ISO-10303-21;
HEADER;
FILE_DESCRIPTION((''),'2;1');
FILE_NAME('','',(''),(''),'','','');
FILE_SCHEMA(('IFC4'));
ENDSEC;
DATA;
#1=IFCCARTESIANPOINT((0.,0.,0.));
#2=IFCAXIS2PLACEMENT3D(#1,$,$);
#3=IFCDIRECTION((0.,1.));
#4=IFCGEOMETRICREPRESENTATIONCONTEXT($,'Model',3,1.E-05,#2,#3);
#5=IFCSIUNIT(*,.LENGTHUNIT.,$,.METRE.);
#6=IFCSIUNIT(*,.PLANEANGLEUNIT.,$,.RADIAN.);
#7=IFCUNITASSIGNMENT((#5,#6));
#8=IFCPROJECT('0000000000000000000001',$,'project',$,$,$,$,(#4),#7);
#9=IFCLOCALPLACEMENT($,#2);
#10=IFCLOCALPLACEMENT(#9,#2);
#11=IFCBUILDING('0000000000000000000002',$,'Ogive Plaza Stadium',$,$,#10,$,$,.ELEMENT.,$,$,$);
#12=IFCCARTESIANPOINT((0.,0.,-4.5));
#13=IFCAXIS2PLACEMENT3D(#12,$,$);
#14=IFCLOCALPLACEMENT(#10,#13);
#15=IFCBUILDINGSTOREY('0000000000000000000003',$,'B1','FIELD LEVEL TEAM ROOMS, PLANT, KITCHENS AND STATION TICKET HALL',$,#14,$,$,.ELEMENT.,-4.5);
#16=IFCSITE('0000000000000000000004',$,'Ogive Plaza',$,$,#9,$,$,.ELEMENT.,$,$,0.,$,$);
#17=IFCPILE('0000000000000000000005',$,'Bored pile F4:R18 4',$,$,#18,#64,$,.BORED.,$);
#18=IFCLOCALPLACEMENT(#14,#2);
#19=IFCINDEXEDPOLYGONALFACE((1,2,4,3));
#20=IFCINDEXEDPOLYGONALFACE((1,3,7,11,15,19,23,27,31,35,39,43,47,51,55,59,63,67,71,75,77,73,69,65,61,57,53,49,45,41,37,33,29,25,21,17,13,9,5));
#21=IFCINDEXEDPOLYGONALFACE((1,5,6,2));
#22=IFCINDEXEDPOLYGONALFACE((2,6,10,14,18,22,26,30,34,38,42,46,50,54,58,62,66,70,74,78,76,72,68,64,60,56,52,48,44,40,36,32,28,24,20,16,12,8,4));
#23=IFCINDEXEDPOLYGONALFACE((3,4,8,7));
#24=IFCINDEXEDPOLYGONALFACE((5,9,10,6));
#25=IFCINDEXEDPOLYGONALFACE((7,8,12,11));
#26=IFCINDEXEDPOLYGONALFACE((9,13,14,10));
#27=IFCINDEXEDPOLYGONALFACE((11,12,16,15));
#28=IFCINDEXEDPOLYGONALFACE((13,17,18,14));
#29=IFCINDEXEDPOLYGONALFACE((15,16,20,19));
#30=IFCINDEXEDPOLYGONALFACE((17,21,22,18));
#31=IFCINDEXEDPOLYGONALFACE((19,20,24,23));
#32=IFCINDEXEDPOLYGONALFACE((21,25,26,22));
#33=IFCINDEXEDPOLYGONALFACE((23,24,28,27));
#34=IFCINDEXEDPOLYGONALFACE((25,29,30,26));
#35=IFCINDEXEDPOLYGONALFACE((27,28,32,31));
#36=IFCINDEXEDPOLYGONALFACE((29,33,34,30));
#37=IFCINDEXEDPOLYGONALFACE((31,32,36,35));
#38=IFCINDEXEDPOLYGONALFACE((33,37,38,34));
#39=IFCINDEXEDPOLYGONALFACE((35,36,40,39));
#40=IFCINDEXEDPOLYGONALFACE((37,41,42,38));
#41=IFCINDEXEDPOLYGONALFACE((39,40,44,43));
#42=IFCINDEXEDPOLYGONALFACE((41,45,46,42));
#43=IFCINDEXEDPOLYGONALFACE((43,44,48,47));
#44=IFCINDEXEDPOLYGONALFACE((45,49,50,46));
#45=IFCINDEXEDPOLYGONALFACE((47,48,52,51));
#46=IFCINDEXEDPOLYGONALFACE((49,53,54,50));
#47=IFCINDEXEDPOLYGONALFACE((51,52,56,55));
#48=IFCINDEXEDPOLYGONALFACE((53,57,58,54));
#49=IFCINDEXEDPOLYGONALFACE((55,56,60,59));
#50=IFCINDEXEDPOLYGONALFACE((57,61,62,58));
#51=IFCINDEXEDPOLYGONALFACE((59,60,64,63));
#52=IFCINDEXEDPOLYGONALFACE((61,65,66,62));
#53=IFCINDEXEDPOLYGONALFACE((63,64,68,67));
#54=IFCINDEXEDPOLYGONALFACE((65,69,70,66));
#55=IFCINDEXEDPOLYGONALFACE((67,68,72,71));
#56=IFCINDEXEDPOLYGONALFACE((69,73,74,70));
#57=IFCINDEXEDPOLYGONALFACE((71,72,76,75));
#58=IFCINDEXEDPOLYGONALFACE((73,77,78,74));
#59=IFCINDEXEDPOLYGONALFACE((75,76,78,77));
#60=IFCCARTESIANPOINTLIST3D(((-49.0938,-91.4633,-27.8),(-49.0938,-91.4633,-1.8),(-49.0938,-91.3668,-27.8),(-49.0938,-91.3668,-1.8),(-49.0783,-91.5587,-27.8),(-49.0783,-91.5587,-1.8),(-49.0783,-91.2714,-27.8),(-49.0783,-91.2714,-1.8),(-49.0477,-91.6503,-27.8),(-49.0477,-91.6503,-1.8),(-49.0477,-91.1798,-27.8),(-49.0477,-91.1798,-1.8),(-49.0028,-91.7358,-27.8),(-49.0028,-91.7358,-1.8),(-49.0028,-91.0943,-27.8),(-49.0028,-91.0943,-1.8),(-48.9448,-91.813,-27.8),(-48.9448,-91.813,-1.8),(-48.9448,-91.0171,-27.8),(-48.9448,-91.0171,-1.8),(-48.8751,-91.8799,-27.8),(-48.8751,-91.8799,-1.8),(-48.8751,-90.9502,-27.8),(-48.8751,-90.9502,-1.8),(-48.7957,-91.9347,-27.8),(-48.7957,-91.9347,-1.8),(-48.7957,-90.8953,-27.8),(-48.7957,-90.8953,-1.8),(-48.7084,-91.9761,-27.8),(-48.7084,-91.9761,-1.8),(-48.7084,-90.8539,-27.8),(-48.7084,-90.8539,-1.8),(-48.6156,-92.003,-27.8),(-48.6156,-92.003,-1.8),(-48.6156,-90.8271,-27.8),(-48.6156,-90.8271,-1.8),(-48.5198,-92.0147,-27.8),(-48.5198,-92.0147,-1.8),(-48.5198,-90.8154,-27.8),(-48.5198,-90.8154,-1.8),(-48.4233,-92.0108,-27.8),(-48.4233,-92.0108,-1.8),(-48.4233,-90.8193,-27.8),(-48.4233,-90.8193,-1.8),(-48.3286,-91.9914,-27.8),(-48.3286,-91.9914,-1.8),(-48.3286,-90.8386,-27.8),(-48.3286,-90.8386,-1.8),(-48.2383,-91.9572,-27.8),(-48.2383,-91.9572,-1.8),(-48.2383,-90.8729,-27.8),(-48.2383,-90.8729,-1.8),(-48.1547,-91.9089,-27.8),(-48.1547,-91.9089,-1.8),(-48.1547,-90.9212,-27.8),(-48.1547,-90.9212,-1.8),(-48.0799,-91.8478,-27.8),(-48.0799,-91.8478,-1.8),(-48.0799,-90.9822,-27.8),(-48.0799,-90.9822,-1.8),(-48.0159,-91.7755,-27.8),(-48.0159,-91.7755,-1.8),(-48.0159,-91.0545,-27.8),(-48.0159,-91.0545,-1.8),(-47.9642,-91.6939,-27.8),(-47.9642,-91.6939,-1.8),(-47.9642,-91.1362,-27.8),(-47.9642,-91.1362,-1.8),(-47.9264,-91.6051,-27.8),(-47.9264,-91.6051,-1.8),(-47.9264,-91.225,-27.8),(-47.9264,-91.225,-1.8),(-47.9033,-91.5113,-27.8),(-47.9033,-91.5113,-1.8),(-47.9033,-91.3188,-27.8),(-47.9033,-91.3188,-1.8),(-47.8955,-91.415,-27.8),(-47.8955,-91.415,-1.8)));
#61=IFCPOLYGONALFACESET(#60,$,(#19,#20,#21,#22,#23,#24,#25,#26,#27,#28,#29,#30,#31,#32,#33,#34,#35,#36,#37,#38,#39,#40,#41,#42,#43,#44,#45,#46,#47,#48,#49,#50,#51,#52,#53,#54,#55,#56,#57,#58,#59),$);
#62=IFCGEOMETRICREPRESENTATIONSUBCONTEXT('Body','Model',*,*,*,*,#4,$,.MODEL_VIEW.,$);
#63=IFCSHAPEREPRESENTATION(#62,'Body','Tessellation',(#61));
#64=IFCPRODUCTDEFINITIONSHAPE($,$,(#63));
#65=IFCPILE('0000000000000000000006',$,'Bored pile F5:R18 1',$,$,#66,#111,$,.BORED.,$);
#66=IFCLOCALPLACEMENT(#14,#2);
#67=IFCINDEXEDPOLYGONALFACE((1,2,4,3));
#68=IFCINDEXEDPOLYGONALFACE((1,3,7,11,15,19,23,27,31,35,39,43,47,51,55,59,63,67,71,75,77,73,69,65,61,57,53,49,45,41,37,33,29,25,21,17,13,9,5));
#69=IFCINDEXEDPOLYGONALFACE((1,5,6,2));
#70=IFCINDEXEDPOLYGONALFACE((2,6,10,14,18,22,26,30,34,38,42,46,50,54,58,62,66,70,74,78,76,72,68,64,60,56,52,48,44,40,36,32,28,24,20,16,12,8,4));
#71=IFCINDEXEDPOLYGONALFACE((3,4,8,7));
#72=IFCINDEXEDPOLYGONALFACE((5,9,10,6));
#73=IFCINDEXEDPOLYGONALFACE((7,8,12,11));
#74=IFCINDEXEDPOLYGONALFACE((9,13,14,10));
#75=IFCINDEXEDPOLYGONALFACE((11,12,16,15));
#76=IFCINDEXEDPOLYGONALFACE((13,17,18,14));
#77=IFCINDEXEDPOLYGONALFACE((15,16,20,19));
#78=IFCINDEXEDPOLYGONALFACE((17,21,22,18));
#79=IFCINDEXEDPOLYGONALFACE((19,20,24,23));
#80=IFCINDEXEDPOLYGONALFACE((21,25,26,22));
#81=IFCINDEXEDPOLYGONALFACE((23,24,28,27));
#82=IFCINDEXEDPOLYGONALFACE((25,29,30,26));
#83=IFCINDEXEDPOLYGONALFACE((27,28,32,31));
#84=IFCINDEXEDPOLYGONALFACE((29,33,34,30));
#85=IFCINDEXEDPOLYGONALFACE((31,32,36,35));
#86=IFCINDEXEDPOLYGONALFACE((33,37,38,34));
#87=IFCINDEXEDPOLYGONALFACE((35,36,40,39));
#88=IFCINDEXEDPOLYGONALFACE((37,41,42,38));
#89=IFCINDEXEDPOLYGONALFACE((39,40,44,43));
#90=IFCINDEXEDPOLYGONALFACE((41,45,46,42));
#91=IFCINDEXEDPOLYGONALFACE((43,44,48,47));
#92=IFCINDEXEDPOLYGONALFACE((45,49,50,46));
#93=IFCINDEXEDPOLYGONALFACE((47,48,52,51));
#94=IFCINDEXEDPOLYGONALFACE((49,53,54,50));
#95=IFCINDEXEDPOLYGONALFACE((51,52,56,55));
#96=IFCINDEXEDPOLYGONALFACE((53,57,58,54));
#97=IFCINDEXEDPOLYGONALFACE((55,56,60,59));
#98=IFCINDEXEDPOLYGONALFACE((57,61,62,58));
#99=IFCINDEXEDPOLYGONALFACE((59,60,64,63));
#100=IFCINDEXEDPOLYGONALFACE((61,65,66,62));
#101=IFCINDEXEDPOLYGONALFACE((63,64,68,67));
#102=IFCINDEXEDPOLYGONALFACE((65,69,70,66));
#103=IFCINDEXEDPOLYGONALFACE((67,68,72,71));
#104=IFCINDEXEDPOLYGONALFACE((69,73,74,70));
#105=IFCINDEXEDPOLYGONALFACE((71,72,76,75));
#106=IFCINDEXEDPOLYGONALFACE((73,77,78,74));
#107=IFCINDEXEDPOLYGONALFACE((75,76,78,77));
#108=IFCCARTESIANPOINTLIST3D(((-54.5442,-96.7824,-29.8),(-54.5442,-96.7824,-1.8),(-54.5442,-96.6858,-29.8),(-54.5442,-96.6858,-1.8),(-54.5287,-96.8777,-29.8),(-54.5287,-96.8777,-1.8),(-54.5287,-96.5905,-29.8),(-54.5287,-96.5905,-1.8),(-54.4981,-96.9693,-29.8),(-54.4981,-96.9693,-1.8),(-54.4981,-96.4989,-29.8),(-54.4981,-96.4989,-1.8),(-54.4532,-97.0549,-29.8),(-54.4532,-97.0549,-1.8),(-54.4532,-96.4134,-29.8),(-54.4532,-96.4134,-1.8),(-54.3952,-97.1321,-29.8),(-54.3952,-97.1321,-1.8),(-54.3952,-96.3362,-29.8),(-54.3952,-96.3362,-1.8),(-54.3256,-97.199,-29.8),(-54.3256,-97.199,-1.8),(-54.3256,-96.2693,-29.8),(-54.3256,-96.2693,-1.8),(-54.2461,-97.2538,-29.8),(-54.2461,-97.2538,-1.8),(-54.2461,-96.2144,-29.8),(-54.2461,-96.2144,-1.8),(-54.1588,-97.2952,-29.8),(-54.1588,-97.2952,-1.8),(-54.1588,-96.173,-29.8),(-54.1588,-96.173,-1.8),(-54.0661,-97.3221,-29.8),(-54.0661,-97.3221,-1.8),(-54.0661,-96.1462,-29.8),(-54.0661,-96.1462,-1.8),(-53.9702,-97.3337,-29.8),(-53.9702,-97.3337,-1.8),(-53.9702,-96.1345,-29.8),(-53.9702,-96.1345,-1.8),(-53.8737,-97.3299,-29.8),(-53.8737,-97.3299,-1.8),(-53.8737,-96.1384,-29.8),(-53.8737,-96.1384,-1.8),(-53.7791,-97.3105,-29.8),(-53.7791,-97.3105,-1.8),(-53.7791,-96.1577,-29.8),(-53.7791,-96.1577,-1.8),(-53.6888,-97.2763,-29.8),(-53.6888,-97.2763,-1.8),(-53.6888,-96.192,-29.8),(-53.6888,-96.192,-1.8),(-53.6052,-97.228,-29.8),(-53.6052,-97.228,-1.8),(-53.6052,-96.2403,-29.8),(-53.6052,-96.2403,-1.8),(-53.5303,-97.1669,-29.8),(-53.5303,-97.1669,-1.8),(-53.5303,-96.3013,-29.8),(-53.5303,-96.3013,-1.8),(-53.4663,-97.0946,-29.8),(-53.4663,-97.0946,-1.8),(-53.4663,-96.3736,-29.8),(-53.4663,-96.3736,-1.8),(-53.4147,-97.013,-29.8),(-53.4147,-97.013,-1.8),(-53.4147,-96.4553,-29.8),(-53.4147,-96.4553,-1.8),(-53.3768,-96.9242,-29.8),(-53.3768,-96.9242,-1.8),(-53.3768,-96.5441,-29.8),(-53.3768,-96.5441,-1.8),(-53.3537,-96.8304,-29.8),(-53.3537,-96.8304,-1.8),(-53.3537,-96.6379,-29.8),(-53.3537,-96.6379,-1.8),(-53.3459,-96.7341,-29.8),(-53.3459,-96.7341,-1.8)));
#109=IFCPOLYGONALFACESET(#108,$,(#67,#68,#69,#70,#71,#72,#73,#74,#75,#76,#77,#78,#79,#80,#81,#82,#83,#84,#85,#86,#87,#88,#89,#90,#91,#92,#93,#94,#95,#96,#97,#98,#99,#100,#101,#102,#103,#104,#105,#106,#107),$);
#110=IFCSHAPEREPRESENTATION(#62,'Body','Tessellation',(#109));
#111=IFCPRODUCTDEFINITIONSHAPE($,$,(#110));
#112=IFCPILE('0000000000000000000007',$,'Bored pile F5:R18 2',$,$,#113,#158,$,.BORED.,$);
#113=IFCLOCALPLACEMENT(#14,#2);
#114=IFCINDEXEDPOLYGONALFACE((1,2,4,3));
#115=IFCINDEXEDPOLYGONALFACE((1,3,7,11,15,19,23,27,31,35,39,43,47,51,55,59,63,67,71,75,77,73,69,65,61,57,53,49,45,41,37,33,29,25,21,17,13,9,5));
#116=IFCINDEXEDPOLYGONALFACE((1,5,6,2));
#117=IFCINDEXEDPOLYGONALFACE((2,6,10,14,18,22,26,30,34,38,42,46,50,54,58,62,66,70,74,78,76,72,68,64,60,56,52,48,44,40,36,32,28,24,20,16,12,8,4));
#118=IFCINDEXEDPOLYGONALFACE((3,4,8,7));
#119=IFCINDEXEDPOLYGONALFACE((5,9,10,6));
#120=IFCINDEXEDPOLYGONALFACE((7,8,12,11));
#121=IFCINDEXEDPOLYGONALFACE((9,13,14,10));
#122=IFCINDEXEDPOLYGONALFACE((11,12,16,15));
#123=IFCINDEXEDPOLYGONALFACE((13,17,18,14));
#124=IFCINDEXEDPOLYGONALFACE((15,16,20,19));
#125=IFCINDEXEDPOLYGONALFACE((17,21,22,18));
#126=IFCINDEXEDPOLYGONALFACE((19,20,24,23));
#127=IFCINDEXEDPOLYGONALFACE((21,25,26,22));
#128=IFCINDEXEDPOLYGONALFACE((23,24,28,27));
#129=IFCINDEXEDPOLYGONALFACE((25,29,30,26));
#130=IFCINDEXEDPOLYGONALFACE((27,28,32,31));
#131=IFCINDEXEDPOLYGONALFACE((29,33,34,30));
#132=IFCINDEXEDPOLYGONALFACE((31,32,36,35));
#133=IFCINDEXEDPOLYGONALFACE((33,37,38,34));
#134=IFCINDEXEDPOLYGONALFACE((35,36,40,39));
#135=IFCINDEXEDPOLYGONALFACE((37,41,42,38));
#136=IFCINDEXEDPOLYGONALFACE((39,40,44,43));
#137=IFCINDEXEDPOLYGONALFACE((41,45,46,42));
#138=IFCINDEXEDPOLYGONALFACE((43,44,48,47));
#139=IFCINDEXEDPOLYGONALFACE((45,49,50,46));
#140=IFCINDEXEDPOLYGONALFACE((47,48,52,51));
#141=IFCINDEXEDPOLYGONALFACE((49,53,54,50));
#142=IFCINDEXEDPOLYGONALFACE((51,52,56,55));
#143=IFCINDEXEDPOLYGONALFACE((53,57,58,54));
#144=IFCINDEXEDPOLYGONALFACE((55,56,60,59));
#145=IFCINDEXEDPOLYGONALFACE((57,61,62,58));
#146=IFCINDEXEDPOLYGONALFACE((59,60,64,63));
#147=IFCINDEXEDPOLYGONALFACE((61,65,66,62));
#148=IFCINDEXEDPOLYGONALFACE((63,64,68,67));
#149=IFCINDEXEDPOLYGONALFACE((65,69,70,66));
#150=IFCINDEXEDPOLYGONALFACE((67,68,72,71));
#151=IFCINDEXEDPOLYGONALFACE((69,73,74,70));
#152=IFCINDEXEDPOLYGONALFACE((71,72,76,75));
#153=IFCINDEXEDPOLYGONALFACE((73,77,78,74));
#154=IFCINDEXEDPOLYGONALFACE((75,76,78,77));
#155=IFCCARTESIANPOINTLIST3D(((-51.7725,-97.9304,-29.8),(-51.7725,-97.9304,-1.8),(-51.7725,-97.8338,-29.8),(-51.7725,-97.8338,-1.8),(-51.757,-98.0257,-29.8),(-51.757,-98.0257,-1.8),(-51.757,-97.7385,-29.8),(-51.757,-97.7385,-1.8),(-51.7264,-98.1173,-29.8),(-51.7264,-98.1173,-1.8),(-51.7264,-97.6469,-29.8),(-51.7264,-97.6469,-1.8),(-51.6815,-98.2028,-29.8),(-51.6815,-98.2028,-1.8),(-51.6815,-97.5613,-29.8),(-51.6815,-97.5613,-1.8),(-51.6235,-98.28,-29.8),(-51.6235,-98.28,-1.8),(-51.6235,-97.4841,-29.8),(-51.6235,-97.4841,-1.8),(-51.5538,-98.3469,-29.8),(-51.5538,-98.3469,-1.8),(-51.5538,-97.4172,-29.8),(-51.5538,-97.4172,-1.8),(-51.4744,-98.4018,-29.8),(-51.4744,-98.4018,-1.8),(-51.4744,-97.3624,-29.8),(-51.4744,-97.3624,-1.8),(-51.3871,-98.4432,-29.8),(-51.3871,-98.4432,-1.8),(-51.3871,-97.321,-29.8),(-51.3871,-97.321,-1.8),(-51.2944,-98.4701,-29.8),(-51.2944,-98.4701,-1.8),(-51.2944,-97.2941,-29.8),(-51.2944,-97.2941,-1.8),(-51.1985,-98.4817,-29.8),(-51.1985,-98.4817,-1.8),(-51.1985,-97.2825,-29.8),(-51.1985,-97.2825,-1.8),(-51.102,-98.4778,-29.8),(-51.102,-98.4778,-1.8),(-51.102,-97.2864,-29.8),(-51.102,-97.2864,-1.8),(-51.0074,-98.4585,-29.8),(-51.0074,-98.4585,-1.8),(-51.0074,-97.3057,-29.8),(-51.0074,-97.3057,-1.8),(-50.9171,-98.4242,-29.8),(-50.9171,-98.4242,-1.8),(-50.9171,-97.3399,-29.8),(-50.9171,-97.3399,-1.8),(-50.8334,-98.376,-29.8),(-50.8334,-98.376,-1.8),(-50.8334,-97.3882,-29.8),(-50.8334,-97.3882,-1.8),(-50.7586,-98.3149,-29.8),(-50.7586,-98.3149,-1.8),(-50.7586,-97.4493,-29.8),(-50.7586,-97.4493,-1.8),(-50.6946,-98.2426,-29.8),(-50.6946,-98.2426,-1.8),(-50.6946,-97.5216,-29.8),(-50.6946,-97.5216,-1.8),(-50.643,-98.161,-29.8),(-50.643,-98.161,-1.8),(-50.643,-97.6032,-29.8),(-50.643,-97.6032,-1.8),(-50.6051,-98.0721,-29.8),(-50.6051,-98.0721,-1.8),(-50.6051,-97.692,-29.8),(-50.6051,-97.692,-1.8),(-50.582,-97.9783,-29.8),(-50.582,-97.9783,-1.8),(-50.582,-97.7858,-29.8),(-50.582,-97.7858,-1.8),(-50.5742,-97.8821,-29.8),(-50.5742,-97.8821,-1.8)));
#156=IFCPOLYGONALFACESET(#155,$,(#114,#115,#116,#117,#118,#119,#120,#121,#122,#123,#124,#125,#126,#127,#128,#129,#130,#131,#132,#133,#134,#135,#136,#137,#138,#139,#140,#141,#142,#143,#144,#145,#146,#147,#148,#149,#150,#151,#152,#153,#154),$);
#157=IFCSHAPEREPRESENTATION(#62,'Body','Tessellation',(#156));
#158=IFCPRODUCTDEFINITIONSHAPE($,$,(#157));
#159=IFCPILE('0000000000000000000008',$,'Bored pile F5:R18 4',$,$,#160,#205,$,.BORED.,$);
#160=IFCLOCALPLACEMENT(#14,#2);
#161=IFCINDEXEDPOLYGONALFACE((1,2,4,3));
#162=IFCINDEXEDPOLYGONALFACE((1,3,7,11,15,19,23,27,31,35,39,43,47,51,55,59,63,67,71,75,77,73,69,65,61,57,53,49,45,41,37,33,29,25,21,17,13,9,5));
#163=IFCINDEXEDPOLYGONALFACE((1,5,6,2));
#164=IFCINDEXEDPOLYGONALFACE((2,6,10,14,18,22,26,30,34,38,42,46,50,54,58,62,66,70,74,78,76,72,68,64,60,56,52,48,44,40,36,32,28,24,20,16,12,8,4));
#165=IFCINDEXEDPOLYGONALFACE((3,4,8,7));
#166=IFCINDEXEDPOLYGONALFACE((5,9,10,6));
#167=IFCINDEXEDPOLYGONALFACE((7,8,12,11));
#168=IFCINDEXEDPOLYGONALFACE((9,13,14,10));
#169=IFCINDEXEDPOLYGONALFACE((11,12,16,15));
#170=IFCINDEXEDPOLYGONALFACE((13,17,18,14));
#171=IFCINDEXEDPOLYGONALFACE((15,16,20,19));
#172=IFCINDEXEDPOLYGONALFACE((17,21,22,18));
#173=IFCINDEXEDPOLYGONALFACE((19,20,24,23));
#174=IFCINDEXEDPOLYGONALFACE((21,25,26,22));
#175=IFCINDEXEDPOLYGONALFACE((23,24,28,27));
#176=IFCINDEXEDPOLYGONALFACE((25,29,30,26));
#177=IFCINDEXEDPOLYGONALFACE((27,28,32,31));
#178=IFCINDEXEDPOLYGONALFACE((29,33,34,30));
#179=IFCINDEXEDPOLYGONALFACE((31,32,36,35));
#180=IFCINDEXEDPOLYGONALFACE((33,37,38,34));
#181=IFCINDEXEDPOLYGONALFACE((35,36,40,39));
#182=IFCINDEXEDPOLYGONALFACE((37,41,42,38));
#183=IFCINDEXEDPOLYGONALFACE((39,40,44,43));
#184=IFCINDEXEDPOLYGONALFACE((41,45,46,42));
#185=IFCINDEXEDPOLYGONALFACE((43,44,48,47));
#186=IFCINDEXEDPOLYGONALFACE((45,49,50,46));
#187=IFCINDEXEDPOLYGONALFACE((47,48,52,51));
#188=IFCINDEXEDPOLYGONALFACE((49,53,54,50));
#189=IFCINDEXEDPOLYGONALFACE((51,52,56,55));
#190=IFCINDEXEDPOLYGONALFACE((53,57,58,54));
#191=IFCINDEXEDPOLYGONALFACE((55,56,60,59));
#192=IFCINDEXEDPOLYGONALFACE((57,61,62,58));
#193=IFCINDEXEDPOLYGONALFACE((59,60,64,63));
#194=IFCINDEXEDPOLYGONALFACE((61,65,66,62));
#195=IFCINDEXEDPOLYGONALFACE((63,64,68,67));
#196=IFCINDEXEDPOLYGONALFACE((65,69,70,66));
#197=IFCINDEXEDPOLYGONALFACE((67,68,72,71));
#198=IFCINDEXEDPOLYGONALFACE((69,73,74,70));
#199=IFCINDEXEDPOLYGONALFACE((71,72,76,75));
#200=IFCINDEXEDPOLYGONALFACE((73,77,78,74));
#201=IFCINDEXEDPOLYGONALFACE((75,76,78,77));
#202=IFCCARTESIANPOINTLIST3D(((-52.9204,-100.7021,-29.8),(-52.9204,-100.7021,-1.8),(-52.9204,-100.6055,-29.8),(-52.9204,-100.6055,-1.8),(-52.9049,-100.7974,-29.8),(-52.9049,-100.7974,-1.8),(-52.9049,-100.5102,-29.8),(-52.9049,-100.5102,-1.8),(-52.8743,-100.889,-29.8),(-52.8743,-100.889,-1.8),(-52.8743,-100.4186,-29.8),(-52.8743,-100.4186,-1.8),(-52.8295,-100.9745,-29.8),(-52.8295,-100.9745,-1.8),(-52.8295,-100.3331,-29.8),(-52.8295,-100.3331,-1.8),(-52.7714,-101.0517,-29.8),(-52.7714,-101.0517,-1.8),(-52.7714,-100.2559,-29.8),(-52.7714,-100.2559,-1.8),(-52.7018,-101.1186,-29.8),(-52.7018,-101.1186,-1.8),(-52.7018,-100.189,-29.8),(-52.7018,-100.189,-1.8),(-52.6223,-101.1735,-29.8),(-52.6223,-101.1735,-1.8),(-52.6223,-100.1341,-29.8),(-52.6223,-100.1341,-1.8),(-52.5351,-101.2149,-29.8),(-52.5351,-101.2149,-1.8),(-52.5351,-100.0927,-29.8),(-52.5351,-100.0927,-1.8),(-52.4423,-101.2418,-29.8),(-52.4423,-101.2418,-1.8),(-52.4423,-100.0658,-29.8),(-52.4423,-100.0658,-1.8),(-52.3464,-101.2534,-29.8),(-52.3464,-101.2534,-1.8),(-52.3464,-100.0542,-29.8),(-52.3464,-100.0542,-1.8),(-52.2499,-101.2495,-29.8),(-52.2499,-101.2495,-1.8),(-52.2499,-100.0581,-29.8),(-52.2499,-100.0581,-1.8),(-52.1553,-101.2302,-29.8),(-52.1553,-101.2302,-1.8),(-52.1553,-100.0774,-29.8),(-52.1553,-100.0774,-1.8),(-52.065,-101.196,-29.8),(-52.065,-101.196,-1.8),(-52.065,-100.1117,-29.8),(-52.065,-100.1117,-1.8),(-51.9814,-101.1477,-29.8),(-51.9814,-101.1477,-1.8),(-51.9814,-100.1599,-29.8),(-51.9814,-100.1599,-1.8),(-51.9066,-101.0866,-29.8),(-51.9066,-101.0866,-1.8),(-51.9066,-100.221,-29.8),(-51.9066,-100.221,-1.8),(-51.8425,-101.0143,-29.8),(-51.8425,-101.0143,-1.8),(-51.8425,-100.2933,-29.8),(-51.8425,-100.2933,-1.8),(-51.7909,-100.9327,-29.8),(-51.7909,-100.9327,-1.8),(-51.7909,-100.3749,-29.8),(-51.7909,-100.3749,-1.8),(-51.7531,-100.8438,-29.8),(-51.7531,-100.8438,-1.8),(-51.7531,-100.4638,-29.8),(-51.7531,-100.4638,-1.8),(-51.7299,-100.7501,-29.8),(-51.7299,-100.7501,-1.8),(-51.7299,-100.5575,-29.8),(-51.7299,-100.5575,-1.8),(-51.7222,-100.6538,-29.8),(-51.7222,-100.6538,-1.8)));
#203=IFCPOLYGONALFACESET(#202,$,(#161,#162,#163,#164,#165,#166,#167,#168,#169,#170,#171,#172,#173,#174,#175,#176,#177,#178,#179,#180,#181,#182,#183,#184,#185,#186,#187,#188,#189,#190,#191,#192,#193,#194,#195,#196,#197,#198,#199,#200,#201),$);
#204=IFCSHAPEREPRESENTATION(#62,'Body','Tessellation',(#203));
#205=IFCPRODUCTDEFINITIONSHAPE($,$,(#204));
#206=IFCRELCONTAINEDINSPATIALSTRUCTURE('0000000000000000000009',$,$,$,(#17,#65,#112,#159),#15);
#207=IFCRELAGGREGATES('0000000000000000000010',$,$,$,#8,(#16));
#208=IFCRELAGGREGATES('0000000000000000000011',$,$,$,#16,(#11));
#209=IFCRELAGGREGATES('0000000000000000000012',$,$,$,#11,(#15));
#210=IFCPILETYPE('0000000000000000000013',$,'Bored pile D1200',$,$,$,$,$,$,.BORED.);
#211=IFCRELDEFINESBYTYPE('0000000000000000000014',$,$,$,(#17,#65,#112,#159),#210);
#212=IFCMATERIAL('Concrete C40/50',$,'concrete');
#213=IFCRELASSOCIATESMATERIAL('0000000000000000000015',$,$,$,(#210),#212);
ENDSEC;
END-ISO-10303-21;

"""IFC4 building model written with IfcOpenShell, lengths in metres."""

from ifc_helpers import new_model, si_unit, direction, frame, origin, origin_2d, place, context, subcontext, project, spatial, circle, extrude, material, material_profile, profile_set, type_object, element, save


model = new_model("IFC4")

# Units and contexts
model_context = context("Model", 3, precision=1e-05, world=origin(), true_north=direction((0.0, 1.0)))
body_context = subcontext(model_context, "Body", "Model", "MODEL_VIEW")
ifc_project = project(units=[si_unit("LENGTHUNIT", "METRE"), si_unit("PLANEANGLEUNIT", "RADIAN")], contexts=[model_context])

# Site, building, storey
site_placement = place(None, origin())
site = spatial("IfcSite", under=ifc_project, at=site_placement, Name="Ogive Plaza", CompositionType="ELEMENT", RefElevation=0.0)
building_placement = place(site_placement, origin())
building = spatial("IfcBuilding", under=site, at=building_placement, Name="Ogive Plaza Stadium", CompositionType="ELEMENT")
storey_placement = place(building_placement, frame((0.0, 0.0, -4.5)))
storey = spatial("IfcBuildingStorey", under=building, at=storey_placement, Name="B1", Description="FIELD LEVEL TEAM ROOMS, PLANT, KITCHENS AND STATION TICKET HALL", CompositionType="ELEMENT", Elevation=-4.5)

# Piles
ifc_material_1 = material(Name="Concrete C40/50", Category="concrete")
ifc_material_profile_1 = material_profile(ifc_material_1, circle(Radius=0.6001, at=origin_2d()), Name="RC D1200")
ifc_profile_set_1 = profile_set([ifc_material_profile_1], Name="Concrete C40/50")
pile_type_1 = type_object("IfcPileType", Name="Bored pile D1200", PredefinedType="BORED", material=ifc_profile_set_1)
for number, where, z_axis, x_axis, name in (
    (1, (-48.4956, -91.415, -1.8), (0.0, 0.0, -1.0), (1.0, 0.0, 0.0), "Bored pile F4:R18 4"),
):
    element("IfcPile", number, at=place(storey_placement, frame(where, z_axis=z_axis, x_axis=x_axis)), inside=storey, type_object=pile_type_1, Name=name, PredefinedType="BORED", context=body_context, shape_type="SweptSolid", body=[
        extrude(circle(Radius=0.6001, at=origin_2d()), origin(), (0.0, 0.0, 1.0), 26.0),
    ])
for number, where, z_axis, x_axis, name in (
    (2, (-53.946, -96.7341, -1.8), (0.0, 0.0, -1.0), (1.0, 0.0, 0.0), "Bored pile F5:R18 1"),
    (3, (-51.1743, -97.8821, -1.8), (0.0, 0.0, -1.0), (1.0, 0.0, 0.0), "Bored pile F5:R18 2"),
    (4, (-52.3223, -100.6538, -1.8), (0.0, 0.0, -1.0), (1.0, 0.0, 0.0), "Bored pile F5:R18 4"),
):
    element("IfcPile", number, at=place(storey_placement, frame(where, z_axis=z_axis, x_axis=x_axis)), inside=storey, type_object=pile_type_1, Name=name, PredefinedType="BORED", context=body_context, shape_type="SweptSolid", body=[
        extrude(circle(Radius=0.6001, at=origin_2d()), origin(), (0.0, 0.0, 1.0), 28.0),
    ])

save(model, "model.ifc")
